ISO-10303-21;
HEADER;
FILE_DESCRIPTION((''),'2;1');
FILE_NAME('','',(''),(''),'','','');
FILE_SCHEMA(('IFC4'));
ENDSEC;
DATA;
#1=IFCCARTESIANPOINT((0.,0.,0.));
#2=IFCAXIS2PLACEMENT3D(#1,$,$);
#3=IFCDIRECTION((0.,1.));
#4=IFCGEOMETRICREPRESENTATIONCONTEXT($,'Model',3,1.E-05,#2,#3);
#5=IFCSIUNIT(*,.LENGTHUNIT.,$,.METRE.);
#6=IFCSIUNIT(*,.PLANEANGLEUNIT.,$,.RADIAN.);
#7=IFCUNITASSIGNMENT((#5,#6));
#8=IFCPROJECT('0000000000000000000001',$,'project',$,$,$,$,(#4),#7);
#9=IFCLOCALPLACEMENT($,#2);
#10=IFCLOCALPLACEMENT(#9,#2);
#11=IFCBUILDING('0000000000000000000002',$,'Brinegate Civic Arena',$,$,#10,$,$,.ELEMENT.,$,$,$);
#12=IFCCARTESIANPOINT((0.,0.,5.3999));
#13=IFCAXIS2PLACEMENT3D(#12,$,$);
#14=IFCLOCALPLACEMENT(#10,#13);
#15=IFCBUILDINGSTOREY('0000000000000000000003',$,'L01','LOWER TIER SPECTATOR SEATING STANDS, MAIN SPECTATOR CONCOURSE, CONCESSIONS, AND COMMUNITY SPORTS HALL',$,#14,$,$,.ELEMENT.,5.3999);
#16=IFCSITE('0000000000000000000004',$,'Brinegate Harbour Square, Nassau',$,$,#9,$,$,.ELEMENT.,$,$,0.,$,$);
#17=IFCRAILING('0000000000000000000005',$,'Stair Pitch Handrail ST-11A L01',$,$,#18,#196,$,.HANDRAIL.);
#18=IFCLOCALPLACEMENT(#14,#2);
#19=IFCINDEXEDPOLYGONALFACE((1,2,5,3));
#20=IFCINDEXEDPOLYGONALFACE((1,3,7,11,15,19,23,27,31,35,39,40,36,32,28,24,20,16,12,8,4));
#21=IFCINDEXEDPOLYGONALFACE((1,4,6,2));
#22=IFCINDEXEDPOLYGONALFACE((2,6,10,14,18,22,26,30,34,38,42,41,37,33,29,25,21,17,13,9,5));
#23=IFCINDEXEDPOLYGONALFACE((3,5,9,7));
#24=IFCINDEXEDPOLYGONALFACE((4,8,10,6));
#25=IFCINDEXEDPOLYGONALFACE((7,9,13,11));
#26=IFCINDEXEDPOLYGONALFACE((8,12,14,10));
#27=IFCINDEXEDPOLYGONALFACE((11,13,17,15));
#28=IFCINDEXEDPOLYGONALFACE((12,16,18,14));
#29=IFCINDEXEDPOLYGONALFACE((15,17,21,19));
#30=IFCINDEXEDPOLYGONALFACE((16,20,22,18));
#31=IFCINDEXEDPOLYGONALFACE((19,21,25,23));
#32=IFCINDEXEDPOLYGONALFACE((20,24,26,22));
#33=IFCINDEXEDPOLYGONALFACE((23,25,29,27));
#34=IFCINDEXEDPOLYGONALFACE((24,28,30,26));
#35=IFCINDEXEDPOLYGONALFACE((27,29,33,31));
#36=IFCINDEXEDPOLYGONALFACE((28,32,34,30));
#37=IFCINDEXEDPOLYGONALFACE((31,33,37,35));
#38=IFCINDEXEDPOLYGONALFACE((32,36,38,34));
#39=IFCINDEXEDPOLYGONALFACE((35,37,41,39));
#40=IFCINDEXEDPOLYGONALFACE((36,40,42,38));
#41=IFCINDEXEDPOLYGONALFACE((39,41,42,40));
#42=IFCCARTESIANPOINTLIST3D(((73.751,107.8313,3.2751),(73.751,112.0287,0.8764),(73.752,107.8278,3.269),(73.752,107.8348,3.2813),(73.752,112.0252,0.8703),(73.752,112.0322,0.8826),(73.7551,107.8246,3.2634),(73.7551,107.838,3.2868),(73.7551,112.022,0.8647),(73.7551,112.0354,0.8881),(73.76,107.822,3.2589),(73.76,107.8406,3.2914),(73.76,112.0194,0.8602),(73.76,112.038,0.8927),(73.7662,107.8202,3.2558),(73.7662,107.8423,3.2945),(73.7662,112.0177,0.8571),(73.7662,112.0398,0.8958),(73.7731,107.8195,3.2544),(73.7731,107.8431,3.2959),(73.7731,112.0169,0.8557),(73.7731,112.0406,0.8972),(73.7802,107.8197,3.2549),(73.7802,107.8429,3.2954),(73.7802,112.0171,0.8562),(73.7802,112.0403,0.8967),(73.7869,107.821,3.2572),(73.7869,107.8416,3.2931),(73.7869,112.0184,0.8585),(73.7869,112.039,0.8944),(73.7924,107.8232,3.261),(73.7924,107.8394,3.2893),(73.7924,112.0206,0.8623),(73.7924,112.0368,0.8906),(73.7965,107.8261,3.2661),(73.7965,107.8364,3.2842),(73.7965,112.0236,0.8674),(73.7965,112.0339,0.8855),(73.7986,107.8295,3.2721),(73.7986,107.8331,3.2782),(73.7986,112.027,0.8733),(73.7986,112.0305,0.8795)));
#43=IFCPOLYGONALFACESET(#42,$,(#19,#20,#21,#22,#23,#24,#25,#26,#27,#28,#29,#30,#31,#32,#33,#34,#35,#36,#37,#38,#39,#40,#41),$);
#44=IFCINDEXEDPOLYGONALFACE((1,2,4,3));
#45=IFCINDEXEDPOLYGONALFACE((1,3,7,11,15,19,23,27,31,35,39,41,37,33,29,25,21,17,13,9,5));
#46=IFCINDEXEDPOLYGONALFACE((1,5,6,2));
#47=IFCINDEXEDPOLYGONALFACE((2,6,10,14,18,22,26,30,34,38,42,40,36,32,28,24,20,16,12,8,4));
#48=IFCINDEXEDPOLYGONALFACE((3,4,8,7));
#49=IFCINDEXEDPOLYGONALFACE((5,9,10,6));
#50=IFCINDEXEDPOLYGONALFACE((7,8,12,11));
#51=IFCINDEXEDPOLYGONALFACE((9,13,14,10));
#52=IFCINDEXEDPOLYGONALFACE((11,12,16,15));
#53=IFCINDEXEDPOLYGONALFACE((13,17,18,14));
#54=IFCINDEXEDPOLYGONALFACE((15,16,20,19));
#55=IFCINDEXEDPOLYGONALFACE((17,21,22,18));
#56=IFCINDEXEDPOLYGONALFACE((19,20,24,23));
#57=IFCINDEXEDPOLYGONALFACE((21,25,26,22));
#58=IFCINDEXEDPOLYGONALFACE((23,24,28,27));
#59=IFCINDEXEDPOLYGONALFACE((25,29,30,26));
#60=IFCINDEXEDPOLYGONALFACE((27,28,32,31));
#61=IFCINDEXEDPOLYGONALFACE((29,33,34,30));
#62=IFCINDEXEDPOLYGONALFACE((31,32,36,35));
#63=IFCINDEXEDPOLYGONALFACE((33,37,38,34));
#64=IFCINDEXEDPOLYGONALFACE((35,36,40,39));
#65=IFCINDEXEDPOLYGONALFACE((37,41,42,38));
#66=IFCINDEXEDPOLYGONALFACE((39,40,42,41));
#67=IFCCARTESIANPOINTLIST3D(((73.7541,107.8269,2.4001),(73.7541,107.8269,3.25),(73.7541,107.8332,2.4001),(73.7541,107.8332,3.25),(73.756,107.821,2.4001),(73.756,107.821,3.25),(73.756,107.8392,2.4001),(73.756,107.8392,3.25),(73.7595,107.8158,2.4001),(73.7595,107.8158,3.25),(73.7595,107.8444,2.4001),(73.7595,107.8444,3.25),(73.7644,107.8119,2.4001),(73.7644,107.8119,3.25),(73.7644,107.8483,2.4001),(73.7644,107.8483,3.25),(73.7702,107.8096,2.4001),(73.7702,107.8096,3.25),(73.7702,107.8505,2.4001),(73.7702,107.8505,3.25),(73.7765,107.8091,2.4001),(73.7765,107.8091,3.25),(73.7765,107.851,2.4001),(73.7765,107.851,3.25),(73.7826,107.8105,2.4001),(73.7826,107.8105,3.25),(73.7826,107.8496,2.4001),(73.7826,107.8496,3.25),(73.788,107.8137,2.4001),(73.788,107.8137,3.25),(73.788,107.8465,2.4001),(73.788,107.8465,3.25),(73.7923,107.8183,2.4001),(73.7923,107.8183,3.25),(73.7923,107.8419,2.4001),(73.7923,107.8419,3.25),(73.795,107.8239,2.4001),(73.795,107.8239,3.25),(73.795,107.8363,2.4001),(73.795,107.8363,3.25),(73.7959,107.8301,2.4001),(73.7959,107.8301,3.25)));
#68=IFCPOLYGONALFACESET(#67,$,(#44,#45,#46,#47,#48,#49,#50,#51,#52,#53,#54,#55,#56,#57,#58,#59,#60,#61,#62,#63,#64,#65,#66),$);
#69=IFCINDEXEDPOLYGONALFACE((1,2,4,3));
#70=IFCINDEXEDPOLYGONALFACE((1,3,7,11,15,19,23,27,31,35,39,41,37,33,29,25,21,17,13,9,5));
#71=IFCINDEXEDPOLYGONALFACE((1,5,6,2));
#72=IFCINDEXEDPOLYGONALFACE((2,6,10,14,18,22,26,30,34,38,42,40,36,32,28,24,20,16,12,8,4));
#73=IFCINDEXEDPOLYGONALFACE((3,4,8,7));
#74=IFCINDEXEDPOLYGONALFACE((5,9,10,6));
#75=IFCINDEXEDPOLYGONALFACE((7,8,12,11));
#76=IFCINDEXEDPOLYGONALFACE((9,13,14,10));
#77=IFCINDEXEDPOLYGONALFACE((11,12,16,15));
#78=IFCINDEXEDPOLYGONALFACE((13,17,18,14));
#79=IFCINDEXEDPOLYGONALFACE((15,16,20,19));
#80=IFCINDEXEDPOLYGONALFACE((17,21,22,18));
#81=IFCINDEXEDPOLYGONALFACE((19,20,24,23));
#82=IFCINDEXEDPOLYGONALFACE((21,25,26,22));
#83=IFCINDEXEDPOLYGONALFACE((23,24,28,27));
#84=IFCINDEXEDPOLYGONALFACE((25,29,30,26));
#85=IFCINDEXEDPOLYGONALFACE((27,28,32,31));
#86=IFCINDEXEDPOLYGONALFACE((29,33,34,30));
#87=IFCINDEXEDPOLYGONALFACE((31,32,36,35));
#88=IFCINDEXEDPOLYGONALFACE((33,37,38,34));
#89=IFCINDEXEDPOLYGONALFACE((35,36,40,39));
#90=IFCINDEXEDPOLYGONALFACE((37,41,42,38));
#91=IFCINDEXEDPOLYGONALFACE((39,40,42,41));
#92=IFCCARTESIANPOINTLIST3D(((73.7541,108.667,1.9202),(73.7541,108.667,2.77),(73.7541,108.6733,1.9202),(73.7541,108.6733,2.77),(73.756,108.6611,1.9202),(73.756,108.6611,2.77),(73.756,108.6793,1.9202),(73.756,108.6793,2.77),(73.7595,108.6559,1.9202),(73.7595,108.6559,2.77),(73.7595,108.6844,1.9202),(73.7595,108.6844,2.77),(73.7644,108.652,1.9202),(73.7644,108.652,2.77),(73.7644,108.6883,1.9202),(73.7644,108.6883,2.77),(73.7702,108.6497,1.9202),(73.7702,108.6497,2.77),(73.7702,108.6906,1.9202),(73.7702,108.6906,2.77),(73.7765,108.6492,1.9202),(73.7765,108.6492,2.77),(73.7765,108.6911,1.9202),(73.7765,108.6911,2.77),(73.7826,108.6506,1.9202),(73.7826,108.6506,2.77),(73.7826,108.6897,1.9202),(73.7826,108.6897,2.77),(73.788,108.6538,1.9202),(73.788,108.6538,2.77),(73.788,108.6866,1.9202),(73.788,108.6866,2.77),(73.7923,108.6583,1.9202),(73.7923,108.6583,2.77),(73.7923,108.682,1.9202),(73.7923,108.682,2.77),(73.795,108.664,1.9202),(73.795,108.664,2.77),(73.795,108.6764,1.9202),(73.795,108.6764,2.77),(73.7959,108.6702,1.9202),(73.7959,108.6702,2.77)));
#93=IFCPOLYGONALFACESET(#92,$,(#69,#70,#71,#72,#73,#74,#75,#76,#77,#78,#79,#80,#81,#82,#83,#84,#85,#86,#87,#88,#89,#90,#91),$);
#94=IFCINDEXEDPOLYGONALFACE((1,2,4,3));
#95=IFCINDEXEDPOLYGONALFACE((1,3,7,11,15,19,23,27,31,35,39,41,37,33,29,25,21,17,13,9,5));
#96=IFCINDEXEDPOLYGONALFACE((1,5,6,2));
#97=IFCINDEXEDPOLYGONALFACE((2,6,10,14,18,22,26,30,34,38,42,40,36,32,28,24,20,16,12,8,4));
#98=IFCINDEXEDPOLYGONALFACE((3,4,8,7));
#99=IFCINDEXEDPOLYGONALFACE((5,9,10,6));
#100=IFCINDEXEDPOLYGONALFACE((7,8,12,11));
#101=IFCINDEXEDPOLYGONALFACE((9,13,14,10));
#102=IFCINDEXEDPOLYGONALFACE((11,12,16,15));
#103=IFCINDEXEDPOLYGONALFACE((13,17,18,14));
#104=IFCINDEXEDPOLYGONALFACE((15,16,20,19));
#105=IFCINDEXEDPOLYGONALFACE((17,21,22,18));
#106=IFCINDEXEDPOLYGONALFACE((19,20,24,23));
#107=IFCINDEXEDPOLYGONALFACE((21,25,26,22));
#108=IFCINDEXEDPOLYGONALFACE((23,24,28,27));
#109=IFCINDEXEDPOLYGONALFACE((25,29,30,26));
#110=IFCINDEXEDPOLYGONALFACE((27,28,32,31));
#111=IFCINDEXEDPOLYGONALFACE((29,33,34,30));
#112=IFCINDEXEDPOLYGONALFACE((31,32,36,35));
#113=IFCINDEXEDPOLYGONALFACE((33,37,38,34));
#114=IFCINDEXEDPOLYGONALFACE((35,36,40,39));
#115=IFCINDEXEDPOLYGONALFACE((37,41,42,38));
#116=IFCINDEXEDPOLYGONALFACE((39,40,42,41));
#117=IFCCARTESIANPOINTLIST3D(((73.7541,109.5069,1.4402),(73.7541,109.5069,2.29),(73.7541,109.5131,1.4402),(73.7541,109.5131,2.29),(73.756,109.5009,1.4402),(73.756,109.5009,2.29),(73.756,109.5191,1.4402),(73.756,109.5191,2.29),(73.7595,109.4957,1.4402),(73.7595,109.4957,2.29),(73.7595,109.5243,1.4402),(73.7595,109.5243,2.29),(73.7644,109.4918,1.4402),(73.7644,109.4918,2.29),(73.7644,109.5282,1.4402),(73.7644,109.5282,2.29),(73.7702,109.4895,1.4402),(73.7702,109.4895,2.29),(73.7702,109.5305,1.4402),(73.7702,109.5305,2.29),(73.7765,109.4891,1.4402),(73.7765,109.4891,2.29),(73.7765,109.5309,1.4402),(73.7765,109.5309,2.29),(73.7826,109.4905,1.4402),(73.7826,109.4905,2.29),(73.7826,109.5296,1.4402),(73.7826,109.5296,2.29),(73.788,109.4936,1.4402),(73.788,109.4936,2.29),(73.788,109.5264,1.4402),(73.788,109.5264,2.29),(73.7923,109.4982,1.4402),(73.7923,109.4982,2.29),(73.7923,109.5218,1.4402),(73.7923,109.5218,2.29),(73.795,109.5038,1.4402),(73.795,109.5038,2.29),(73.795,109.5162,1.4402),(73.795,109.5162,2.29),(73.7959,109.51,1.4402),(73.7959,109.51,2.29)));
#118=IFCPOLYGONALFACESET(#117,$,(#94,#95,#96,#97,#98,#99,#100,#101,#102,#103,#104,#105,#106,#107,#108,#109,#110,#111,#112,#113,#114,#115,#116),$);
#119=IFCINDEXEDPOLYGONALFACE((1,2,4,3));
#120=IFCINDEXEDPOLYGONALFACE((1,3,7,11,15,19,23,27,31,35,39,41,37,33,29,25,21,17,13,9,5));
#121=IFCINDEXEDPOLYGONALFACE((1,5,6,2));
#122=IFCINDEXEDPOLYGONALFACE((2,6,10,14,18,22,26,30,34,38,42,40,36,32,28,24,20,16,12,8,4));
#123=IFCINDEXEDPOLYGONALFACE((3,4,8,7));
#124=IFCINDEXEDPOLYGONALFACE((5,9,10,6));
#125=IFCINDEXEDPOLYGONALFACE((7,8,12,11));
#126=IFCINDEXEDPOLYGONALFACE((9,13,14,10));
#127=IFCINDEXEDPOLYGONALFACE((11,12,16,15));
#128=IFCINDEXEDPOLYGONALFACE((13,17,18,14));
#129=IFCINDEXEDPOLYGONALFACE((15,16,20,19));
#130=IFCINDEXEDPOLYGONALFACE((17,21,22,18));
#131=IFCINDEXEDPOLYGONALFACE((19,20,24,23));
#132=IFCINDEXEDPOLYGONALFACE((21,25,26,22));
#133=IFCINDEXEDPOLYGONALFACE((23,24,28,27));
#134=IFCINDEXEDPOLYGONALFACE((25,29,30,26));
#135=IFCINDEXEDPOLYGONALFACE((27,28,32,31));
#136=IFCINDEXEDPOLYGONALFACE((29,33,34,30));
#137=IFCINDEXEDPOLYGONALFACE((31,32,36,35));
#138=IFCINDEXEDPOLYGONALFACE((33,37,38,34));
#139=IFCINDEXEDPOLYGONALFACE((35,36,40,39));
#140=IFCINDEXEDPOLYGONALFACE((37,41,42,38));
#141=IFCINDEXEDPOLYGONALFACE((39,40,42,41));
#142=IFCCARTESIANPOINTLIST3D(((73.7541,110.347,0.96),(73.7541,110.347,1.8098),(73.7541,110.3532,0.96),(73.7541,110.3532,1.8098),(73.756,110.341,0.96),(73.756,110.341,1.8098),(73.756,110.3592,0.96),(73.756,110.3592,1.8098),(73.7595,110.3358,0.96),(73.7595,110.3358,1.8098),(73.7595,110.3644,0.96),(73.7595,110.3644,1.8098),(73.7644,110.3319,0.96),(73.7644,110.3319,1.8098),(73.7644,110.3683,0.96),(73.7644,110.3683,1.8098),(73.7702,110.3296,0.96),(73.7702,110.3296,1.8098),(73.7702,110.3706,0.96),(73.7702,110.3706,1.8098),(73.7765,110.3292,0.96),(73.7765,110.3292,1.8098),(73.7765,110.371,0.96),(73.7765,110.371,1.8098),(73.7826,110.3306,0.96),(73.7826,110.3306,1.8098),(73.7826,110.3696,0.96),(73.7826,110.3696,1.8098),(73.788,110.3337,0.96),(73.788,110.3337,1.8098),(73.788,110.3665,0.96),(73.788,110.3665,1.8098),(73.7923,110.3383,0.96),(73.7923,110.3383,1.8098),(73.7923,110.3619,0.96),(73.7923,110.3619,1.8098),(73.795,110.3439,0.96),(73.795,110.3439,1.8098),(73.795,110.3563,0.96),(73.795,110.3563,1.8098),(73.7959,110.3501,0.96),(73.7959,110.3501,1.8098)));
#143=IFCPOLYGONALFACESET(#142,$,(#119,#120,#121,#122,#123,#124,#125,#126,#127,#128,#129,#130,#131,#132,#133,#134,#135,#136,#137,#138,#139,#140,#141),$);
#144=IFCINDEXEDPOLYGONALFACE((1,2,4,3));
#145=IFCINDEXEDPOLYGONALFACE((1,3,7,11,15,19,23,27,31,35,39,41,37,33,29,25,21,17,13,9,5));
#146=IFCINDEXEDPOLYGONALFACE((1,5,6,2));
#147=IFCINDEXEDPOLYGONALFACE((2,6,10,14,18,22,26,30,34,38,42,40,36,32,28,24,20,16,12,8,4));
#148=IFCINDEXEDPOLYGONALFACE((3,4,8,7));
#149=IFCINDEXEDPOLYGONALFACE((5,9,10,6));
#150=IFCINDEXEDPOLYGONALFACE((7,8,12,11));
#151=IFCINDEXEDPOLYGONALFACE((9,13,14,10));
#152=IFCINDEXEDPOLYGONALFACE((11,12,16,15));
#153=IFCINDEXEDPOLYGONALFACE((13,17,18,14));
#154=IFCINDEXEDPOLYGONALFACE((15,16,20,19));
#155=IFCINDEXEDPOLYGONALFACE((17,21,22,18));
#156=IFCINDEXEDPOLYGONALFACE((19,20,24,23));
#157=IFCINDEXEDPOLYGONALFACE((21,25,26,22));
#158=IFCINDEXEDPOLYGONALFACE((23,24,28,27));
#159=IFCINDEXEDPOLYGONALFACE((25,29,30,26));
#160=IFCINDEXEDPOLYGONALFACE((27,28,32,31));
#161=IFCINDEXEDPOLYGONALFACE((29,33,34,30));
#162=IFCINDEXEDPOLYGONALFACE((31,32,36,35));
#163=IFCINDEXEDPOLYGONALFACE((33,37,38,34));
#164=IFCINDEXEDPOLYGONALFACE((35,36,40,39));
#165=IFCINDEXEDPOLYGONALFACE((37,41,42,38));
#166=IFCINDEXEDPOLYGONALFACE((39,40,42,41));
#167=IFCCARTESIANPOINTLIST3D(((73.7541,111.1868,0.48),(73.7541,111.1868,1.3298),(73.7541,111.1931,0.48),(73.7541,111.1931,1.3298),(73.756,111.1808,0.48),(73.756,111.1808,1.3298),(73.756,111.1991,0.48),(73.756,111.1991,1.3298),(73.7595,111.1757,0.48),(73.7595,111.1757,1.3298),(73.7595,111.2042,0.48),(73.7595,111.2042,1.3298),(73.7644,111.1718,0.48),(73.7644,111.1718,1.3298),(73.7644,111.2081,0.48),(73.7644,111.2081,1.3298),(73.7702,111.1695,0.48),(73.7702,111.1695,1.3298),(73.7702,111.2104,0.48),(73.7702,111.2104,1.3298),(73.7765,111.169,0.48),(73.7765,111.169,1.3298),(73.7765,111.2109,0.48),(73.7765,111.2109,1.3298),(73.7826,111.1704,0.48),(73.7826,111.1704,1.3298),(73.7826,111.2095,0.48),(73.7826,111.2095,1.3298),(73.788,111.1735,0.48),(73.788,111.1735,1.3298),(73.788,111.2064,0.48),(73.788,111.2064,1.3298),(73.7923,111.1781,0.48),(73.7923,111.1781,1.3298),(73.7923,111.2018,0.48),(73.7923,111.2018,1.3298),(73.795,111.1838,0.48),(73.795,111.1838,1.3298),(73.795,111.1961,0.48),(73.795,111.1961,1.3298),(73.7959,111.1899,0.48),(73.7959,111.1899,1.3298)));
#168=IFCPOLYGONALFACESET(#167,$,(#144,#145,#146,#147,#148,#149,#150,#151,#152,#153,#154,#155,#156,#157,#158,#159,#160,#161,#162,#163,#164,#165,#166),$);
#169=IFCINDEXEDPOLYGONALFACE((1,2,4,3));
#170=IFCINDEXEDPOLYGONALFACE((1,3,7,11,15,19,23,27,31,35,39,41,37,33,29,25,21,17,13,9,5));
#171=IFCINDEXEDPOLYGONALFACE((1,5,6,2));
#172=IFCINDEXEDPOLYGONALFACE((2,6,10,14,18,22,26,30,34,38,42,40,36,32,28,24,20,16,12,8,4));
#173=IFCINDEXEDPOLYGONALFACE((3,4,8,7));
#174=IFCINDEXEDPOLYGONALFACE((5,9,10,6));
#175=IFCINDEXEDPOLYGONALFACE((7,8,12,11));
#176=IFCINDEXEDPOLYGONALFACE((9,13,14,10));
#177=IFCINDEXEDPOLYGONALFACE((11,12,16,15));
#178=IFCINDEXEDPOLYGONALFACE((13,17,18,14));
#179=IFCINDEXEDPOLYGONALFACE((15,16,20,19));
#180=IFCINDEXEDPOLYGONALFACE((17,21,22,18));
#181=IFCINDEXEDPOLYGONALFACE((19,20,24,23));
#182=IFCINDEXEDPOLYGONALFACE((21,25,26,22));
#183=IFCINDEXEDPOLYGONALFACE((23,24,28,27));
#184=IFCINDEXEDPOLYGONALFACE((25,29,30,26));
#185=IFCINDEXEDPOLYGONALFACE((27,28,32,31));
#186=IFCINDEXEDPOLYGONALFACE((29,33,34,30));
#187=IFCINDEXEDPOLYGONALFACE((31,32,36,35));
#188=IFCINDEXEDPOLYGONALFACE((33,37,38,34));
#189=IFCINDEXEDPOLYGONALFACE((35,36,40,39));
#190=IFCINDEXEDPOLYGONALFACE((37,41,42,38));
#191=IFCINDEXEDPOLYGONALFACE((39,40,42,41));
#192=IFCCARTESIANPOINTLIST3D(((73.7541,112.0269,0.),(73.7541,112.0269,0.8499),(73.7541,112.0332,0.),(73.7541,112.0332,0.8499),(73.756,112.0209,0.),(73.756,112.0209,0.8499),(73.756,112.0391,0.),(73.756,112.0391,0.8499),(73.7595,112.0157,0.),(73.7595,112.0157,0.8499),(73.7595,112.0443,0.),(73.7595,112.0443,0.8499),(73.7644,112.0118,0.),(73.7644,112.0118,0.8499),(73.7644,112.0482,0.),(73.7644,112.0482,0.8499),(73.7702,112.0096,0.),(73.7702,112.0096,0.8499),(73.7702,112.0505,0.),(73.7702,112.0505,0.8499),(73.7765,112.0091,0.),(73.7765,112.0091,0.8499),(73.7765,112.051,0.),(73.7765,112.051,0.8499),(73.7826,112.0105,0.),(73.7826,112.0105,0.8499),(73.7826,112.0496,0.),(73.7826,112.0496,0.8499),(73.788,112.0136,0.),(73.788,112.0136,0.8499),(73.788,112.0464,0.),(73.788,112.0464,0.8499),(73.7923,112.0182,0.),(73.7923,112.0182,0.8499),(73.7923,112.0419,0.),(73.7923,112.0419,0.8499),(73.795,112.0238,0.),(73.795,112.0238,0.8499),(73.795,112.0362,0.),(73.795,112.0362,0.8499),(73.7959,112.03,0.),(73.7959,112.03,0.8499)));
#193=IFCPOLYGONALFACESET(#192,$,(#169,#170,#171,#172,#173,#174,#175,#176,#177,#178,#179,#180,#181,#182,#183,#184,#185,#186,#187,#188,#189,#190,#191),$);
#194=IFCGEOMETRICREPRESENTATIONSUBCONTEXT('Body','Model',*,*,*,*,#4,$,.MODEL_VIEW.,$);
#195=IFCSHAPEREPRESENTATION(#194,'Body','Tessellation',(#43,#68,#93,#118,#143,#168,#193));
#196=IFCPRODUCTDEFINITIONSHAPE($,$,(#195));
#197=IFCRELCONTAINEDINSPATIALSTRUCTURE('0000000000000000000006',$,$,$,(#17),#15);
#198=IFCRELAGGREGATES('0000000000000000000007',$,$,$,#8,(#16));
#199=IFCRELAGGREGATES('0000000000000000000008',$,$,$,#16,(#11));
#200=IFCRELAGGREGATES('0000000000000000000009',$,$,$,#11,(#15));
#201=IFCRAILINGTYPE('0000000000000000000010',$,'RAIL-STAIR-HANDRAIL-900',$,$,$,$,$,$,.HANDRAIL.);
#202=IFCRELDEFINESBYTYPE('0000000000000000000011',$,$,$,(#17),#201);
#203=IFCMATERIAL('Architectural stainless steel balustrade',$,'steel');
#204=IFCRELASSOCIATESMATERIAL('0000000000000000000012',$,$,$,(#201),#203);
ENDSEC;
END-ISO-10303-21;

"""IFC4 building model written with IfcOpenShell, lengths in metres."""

from ifc_helpers import new_model, si_unit, direction, frame, origin, origin_2d, place, context, subcontext, project, spatial, circle, extrude, material, type_object, element, save


model = new_model("IFC4")

# Units and contexts
model_context = context("Model", 3, precision=1e-05, world=origin(), true_north=direction((0.0, 1.0)))
body_context = subcontext(model_context, "Body", "Model", "MODEL_VIEW")
ifc_project = project(units=[si_unit("LENGTHUNIT", "METRE"), si_unit("PLANEANGLEUNIT", "RADIAN")], contexts=[model_context])

# Site, building, storey
site_placement = place(None, origin())
site = spatial("IfcSite", under=ifc_project, at=site_placement, Name="Brinegate Harbour Square, Nassau", CompositionType="ELEMENT", RefElevation=0.0)
building_placement = place(site_placement, origin())
building = spatial("IfcBuilding", under=site, at=building_placement, Name="Brinegate Civic Arena", CompositionType="ELEMENT")
storey_placement = place(building_placement, frame((0.0, 0.0, 5.3999)))
storey = spatial("IfcBuildingStorey", under=building, at=storey_placement, Name="L01", Description="LOWER TIER SPECTATOR SEATING STANDS, MAIN SPECTATOR CONCOURSE, CONCESSIONS, AND COMMUNITY SPORTS HALL", CompositionType="ELEMENT", Elevation=5.3999)

# Railing
ifc_material_1 = material(Name="Architectural stainless steel balustrade", Category="steel")
railing_type_1 = type_object("IfcRailingType", Name="RAIL-STAIR-HANDRAIL-900", PredefinedType="HANDRAIL", material=ifc_material_1)
for number, where, name in (
    (1, (73.7749, 107.8301, 2.4001), "Stair Pitch Handrail ST-11A L01"),
):
    element("IfcRailing", number, at=place(storey_placement, frame(where)), inside=storey, type_object=railing_type_1, Name=name, PredefinedType="HANDRAIL", context=body_context, shape_type="SweptSolid", body=[
        extrude(circle(Radius=0.0239, at=origin_2d()), frame((0.0, 0.0012, 0.875), z_axis=(0.0, 0.868228, -0.496166), x_axis=(-1.0, 0.0, 0.0)), (0.0, 0.0, 1.0), 4.8345),
        extrude(circle(Radius=0.021, at=origin_2d()), origin(), (0.0, 0.0, 1.0), 0.8499),
        extrude(circle(Radius=0.021, at=origin_2d()), frame((0.0, 0.8401, -0.48)), (0.0, 0.0, 1.0), 0.8499),
        extrude(circle(Radius=0.021, at=origin_2d()), frame((0.0, 1.6799, -0.96)), (0.0, 0.0, 1.0), 0.8499),
        extrude(circle(Radius=0.021, at=origin_2d()), frame((0.0, 2.52, -1.4402)), (0.0, 0.0, 1.0), 0.8499),
        extrude(circle(Radius=0.021, at=origin_2d()), frame((0.0, 3.3599, -1.9202)), (0.0, 0.0, 1.0), 0.8499),
        extrude(circle(Radius=0.021, at=origin_2d()), frame((0.0, 4.2, -2.4001)), (0.0, 0.0, 1.0), 0.8499),
    ])

save(model, "model.ifc")
